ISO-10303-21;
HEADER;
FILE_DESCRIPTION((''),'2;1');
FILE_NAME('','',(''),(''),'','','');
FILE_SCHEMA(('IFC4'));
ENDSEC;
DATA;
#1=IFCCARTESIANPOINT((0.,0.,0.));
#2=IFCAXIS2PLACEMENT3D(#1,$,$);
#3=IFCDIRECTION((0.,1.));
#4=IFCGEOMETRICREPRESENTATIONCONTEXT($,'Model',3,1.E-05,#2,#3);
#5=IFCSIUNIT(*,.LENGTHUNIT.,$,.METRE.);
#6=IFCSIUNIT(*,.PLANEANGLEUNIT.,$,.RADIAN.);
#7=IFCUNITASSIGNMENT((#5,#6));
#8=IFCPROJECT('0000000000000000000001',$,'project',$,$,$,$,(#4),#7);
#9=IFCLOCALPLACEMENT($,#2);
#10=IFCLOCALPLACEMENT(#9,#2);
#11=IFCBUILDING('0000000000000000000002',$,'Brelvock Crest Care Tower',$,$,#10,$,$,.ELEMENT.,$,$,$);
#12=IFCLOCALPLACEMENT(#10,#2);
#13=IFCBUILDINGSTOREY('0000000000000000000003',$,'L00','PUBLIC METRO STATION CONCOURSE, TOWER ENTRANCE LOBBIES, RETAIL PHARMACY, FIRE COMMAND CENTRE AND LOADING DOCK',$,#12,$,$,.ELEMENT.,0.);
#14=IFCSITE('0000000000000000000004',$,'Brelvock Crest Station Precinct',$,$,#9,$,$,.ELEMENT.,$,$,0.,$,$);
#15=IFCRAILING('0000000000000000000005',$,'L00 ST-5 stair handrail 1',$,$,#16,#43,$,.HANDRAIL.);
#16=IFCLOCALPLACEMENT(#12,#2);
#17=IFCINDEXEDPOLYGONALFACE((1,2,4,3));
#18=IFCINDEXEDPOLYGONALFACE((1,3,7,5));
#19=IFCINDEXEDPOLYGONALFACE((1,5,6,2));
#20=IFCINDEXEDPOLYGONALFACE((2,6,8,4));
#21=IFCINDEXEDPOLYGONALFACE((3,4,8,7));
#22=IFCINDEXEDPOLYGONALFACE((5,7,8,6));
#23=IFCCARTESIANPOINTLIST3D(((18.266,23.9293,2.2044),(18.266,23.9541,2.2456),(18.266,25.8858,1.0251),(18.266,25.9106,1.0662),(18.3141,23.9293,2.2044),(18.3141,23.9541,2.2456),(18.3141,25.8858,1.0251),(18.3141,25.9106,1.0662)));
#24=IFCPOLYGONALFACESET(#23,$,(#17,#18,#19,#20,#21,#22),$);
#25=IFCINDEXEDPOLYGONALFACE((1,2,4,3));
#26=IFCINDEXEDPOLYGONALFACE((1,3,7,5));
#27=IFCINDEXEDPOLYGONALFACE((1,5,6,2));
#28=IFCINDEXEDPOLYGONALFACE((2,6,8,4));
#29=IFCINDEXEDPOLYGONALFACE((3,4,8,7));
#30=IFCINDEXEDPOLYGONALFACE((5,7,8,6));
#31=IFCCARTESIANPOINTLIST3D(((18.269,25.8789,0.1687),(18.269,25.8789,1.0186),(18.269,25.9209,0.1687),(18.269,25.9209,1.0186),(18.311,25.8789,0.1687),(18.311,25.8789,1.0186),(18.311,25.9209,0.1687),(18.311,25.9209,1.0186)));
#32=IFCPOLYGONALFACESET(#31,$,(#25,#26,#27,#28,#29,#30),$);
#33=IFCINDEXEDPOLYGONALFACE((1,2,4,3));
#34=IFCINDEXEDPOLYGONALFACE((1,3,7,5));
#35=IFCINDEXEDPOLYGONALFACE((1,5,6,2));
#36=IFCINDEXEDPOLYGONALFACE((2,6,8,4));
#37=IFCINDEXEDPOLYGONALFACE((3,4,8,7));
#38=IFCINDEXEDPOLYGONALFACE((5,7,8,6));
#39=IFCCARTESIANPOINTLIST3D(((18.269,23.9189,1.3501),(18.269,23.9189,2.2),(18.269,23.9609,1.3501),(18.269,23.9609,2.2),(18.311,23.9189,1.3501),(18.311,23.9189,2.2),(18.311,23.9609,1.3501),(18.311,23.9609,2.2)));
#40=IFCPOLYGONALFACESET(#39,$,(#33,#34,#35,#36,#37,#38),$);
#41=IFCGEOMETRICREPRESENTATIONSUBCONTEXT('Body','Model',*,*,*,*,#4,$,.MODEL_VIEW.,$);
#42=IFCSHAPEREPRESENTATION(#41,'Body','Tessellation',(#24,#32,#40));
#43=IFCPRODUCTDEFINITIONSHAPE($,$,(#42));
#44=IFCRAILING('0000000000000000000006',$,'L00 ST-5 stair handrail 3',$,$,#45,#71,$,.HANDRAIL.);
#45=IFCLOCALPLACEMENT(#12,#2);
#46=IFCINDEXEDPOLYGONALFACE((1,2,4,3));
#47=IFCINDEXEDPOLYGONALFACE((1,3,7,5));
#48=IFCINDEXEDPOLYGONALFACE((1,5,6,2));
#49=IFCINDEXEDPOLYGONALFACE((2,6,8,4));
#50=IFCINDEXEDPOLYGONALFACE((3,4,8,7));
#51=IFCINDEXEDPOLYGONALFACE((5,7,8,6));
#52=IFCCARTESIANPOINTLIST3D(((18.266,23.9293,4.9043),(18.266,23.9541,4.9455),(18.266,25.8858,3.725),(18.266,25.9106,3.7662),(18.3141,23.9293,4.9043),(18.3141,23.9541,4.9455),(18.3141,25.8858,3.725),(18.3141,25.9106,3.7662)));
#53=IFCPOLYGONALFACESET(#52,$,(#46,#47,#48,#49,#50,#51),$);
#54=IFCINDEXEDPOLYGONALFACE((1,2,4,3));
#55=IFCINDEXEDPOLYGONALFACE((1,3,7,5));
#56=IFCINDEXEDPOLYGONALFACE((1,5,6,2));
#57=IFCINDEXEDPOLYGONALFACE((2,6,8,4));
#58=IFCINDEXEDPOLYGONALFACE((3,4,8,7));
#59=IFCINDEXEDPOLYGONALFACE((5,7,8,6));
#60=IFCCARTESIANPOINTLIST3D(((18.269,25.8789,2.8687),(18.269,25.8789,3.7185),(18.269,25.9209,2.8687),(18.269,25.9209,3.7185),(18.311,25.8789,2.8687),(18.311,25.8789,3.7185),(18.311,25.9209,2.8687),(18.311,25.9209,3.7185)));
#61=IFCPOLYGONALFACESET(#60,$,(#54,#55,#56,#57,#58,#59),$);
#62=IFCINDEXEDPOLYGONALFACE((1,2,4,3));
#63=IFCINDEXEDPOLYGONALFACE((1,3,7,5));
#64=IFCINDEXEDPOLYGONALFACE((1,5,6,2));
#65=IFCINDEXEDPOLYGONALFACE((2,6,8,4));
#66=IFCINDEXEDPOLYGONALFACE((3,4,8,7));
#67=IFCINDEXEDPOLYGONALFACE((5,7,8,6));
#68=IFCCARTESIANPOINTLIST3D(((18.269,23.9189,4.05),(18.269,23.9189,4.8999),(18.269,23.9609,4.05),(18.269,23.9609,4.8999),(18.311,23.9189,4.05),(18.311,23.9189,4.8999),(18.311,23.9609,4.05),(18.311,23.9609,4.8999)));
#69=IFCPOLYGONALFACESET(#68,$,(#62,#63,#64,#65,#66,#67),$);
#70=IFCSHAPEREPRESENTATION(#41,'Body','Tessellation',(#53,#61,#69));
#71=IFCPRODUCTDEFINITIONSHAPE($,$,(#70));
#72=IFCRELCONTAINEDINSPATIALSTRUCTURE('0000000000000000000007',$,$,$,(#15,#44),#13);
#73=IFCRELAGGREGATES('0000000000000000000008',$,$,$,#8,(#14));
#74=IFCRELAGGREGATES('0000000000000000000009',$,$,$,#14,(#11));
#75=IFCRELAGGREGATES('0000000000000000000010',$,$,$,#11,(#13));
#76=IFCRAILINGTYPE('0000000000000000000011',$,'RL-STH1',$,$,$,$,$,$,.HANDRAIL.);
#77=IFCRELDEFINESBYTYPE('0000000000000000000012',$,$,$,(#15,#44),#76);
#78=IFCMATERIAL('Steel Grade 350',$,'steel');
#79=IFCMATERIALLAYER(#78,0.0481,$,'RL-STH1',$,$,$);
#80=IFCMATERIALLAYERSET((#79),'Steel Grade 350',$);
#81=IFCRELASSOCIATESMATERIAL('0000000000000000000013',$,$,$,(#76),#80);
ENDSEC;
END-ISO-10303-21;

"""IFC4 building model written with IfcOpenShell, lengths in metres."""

from ifc_helpers import new_model, si_unit, direction, frame, origin, origin_2d, place, context, subcontext, project, spatial, rectangle, extrude, material, layer, layer_set, type_object, element, save


model = new_model("IFC4")

# Units and contexts
model_context = context("Model", 3, precision=1e-05, world=origin(), true_north=direction((0.0, 1.0)))
body_context = subcontext(model_context, "Body", "Model", "MODEL_VIEW")
ifc_project = project(units=[si_unit("LENGTHUNIT", "METRE"), si_unit("PLANEANGLEUNIT", "RADIAN")], contexts=[model_context])

# Site, building, storey
site_placement = place(None, origin())
site = spatial("IfcSite", under=ifc_project, at=site_placement, Name="Brelvock Crest Station Precinct", CompositionType="ELEMENT", RefElevation=0.0)
building_placement = place(site_placement, origin())
building = spatial("IfcBuilding", under=site, at=building_placement, Name="Brelvock Crest Care Tower", CompositionType="ELEMENT")
storey_placement = place(building_placement, origin())
storey = spatial("IfcBuildingStorey", under=building, at=storey_placement, Name="L00", Description="PUBLIC METRO STATION CONCOURSE, TOWER ENTRANCE LOBBIES, RETAIL PHARMACY, FIRE COMMAND CENTRE AND LOADING DOCK", CompositionType="ELEMENT", Elevation=0.0)

# Shared definitions
ifc_material_1 = material(Name="Steel Grade 350", Category="steel")

# Railings
ifc_layer_1 = layer(ifc_material_1, 0.0481, Name="RL-STH1")
ifc_layer_set_1 = layer_set([ifc_layer_1], Name="Steel Grade 350")
railing_type_1 = type_object("IfcRailingType", Name="RL-STH1", PredefinedType="HANDRAIL", material=ifc_layer_set_1)
for number, where, name in (
    (1, (18.29, 25.8999, 0.1687), "L00 ST-5 stair handrail 1"),
    (2, (18.29, 25.8999, 2.8687), "L00 ST-5 stair handrail 3"),
):
    element("IfcRailing", number, at=place(storey_placement, frame(where)), inside=storey, type_object=railing_type_1, Name=name, PredefinedType="HANDRAIL", context=body_context, shape_type="SweptSolid", body=[
        extrude(rectangle(XDim=0.0481, YDim=0.0481, at=origin_2d()), frame((0.0, -0.0017, 0.877), z_axis=(0.0, -0.856446, 0.516236), x_axis=(1.0, 0.0, 0.0)), (0.0, 0.0, 1.0), 2.2844),
        extrude(rectangle(XDim=0.042, YDim=0.042, at=origin_2d()), origin(), (0.0, 0.0, 1.0), 0.8499),
        extrude(rectangle(XDim=0.042, YDim=0.042, at=origin_2d()), frame((0.0, -1.96, 1.1814)), (0.0, 0.0, 1.0), 0.8499),
    ])

save(model, "model.ifc")
